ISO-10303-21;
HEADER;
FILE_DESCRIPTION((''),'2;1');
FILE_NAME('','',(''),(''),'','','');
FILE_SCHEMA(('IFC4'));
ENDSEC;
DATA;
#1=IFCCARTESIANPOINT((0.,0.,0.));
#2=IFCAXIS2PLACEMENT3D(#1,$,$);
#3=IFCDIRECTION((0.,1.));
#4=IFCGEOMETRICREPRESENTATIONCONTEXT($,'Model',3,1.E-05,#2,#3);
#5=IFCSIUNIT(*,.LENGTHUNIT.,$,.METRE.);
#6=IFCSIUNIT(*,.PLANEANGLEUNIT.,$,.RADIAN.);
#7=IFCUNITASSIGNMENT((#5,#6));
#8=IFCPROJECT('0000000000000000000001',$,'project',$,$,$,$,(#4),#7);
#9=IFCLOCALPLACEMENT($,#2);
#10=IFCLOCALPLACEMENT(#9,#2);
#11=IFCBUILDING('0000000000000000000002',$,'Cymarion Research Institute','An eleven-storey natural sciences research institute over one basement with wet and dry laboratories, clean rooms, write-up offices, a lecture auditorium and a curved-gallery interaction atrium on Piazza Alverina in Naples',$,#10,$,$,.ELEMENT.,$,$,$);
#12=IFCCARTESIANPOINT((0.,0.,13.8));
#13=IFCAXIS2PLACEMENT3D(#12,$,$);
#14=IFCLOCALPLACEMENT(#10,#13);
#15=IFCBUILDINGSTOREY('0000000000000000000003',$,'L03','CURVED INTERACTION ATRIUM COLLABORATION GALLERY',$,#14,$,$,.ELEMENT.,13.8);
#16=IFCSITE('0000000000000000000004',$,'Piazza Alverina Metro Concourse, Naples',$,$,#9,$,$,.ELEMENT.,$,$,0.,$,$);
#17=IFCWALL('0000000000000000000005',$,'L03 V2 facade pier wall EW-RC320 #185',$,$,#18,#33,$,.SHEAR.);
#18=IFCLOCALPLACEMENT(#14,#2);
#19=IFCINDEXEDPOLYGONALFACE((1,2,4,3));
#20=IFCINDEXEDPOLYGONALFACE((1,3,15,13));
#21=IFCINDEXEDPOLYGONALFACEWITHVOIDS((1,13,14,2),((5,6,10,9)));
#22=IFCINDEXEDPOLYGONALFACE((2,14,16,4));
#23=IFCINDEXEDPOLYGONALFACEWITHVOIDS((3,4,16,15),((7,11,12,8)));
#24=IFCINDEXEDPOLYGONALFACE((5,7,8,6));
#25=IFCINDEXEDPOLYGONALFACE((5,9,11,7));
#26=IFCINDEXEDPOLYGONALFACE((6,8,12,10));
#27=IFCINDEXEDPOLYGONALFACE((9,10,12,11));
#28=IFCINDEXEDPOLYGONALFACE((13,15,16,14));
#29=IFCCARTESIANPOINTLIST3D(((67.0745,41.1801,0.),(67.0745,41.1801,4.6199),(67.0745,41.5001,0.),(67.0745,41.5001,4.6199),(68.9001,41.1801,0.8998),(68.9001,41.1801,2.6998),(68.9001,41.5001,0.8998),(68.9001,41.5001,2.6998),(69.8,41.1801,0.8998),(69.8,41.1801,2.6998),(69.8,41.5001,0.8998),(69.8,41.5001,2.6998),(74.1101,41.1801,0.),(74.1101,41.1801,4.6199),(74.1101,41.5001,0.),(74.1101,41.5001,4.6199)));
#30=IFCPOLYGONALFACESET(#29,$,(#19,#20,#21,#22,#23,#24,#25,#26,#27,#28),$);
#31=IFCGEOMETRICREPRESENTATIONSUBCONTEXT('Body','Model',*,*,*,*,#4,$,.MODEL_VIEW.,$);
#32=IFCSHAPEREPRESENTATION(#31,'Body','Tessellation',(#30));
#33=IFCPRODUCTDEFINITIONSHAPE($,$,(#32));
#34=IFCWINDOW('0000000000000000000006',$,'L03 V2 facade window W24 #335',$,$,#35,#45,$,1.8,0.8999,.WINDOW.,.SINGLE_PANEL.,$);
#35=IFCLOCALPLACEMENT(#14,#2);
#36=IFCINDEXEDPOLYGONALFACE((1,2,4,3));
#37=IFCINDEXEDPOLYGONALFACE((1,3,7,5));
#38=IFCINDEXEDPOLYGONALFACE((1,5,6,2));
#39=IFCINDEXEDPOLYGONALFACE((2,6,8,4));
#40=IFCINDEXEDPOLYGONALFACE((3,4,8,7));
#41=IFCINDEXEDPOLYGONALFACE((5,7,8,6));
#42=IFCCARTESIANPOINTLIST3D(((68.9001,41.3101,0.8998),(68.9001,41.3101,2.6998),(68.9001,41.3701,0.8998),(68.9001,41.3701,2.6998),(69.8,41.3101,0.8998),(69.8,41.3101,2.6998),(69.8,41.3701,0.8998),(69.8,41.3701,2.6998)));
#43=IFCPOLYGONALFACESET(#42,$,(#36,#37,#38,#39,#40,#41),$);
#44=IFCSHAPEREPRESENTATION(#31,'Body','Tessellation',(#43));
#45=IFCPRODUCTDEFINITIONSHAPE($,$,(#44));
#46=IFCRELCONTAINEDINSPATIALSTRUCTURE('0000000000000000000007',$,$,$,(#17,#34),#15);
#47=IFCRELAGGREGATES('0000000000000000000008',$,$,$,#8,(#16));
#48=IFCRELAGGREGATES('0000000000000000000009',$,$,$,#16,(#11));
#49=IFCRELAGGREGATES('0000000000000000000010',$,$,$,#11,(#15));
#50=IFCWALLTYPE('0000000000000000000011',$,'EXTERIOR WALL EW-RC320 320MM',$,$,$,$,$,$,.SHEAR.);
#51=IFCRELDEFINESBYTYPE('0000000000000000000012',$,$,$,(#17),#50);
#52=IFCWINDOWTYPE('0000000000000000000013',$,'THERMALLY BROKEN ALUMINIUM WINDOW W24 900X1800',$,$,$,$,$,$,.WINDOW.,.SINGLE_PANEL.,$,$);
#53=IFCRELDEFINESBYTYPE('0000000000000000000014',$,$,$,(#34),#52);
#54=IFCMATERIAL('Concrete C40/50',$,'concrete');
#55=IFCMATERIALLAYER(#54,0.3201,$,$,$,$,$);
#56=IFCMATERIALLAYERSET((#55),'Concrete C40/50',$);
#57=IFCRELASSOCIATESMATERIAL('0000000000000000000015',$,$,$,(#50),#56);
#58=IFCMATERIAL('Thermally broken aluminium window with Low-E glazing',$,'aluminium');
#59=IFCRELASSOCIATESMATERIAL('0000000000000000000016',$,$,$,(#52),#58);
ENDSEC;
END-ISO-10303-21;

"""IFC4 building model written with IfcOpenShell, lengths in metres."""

from ifc_helpers import new_model, si_unit, direction, frame, frame_2d, origin, place, context, subcontext, project, spatial, rectangle, extrude, material, layer, layer_set, type_object, element, fill, save


model = new_model("IFC4")

# Units and contexts
model_context = context("Model", 3, precision=1e-05, world=origin(), true_north=direction((0.0, 1.0)))
body_context = subcontext(model_context, "Body", "Model", "MODEL_VIEW")
ifc_project = project(units=[si_unit("LENGTHUNIT", "METRE"), si_unit("PLANEANGLEUNIT", "RADIAN")], contexts=[model_context])

# Site, building, storey
site_placement = place(None, origin())
site = spatial("IfcSite", under=ifc_project, at=site_placement, Name="Piazza Alverina Metro Concourse, Naples", CompositionType="ELEMENT", RefElevation=0.0)
building_placement = place(site_placement, origin())
building = spatial("IfcBuilding", under=site, at=building_placement, Name="Cymarion Research Institute", Description="An eleven-storey natural sciences research institute over one basement with wet and dry laboratories, clean rooms, write-up offices, a lecture auditorium and a curved-gallery interaction atrium on Piazza Alverina in Naples", CompositionType="ELEMENT")
storey_placement = place(building_placement, frame((0.0, 0.0, 13.8)))
storey = spatial("IfcBuildingStorey", under=building, at=storey_placement, Name="L03", Description="CURVED INTERACTION ATRIUM COLLABORATION GALLERY", CompositionType="ELEMENT", Elevation=13.8)

# Wall, opening, window
ifc_material_1 = material(Name="Concrete C40/50", Category="concrete")
ifc_layer_1 = layer(ifc_material_1, 0.3201)
ifc_layer_set_1 = layer_set([ifc_layer_1], Name="Concrete C40/50")
wall_type = type_object("IfcWallType", Name="EXTERIOR WALL EW-RC320 320MM", PredefinedType="SHEAR", material=ifc_layer_set_1)
wall_placement = place(storey_placement, frame((74.1101, 41.3401, 0.0), z_axis=(0.0, 0.0, 1.0), x_axis=(-1.0, 0.0, 0.0)))
wall = element("IfcWall", 1, at=wall_placement, inside=storey, type_object=wall_type, Name="L03 V2 facade pier wall EW-RC320 #185", PredefinedType="SHEAR", context=body_context, shape_type="SweptSolid", body=[
    extrude(rectangle(XDim=7.0356, YDim=0.3201, at=frame_2d((3.5178, 0.0))), origin(), (0.0, 0.0, 1.0), 4.6199),
])
opening_placement = place(wall_placement, frame((4.3101, 0.0, 0.8999)))
opening = element("IfcOpeningElement", 2, at=opening_placement, cuts=wall, PredefinedType="OPENING", context=body_context, shape_type="SweptSolid", body=[
    extrude(rectangle(XDim=0.8999, YDim=1.8, at=frame_2d((0.45, 0.8999))), frame((0.0, 0.1699, 0.0), z_axis=(0.0, -1.0, 0.0), x_axis=(1.0, 0.0, 0.0)), (0.0, 0.0, 1.0), 0.3401),
])
ifc_material_2 = material(Name="Thermally broken aluminium window with Low-E glazing", Category="aluminium")
window_type = type_object("IfcWindowType", Name="THERMALLY BROKEN ALUMINIUM WINDOW W24 900X1800", PartitioningType="SINGLE_PANEL", PredefinedType="WINDOW", material=ifc_material_2)
window_placement = place(opening_placement, origin())
window = element("IfcWindow", 3, at=window_placement, inside=storey, type_object=window_type, Name="L03 V2 facade window W24 #335", OverallHeight=1.8, OverallWidth=0.8999, PartitioningType="SINGLE_PANEL", PredefinedType="WINDOW", context=body_context, shape_type="SweptSolid", body=[
    extrude(rectangle(XDim=0.8999, YDim=1.8, at=frame_2d((0.45, 0.8999))), frame((0.0, 0.03, 0.0), z_axis=(0.0, -1.0, 0.0), x_axis=(1.0, 0.0, 0.0)), (0.0, 0.0, 1.0), 0.0601),
])
fill(opening, window)

save(model, "model.ifc")
